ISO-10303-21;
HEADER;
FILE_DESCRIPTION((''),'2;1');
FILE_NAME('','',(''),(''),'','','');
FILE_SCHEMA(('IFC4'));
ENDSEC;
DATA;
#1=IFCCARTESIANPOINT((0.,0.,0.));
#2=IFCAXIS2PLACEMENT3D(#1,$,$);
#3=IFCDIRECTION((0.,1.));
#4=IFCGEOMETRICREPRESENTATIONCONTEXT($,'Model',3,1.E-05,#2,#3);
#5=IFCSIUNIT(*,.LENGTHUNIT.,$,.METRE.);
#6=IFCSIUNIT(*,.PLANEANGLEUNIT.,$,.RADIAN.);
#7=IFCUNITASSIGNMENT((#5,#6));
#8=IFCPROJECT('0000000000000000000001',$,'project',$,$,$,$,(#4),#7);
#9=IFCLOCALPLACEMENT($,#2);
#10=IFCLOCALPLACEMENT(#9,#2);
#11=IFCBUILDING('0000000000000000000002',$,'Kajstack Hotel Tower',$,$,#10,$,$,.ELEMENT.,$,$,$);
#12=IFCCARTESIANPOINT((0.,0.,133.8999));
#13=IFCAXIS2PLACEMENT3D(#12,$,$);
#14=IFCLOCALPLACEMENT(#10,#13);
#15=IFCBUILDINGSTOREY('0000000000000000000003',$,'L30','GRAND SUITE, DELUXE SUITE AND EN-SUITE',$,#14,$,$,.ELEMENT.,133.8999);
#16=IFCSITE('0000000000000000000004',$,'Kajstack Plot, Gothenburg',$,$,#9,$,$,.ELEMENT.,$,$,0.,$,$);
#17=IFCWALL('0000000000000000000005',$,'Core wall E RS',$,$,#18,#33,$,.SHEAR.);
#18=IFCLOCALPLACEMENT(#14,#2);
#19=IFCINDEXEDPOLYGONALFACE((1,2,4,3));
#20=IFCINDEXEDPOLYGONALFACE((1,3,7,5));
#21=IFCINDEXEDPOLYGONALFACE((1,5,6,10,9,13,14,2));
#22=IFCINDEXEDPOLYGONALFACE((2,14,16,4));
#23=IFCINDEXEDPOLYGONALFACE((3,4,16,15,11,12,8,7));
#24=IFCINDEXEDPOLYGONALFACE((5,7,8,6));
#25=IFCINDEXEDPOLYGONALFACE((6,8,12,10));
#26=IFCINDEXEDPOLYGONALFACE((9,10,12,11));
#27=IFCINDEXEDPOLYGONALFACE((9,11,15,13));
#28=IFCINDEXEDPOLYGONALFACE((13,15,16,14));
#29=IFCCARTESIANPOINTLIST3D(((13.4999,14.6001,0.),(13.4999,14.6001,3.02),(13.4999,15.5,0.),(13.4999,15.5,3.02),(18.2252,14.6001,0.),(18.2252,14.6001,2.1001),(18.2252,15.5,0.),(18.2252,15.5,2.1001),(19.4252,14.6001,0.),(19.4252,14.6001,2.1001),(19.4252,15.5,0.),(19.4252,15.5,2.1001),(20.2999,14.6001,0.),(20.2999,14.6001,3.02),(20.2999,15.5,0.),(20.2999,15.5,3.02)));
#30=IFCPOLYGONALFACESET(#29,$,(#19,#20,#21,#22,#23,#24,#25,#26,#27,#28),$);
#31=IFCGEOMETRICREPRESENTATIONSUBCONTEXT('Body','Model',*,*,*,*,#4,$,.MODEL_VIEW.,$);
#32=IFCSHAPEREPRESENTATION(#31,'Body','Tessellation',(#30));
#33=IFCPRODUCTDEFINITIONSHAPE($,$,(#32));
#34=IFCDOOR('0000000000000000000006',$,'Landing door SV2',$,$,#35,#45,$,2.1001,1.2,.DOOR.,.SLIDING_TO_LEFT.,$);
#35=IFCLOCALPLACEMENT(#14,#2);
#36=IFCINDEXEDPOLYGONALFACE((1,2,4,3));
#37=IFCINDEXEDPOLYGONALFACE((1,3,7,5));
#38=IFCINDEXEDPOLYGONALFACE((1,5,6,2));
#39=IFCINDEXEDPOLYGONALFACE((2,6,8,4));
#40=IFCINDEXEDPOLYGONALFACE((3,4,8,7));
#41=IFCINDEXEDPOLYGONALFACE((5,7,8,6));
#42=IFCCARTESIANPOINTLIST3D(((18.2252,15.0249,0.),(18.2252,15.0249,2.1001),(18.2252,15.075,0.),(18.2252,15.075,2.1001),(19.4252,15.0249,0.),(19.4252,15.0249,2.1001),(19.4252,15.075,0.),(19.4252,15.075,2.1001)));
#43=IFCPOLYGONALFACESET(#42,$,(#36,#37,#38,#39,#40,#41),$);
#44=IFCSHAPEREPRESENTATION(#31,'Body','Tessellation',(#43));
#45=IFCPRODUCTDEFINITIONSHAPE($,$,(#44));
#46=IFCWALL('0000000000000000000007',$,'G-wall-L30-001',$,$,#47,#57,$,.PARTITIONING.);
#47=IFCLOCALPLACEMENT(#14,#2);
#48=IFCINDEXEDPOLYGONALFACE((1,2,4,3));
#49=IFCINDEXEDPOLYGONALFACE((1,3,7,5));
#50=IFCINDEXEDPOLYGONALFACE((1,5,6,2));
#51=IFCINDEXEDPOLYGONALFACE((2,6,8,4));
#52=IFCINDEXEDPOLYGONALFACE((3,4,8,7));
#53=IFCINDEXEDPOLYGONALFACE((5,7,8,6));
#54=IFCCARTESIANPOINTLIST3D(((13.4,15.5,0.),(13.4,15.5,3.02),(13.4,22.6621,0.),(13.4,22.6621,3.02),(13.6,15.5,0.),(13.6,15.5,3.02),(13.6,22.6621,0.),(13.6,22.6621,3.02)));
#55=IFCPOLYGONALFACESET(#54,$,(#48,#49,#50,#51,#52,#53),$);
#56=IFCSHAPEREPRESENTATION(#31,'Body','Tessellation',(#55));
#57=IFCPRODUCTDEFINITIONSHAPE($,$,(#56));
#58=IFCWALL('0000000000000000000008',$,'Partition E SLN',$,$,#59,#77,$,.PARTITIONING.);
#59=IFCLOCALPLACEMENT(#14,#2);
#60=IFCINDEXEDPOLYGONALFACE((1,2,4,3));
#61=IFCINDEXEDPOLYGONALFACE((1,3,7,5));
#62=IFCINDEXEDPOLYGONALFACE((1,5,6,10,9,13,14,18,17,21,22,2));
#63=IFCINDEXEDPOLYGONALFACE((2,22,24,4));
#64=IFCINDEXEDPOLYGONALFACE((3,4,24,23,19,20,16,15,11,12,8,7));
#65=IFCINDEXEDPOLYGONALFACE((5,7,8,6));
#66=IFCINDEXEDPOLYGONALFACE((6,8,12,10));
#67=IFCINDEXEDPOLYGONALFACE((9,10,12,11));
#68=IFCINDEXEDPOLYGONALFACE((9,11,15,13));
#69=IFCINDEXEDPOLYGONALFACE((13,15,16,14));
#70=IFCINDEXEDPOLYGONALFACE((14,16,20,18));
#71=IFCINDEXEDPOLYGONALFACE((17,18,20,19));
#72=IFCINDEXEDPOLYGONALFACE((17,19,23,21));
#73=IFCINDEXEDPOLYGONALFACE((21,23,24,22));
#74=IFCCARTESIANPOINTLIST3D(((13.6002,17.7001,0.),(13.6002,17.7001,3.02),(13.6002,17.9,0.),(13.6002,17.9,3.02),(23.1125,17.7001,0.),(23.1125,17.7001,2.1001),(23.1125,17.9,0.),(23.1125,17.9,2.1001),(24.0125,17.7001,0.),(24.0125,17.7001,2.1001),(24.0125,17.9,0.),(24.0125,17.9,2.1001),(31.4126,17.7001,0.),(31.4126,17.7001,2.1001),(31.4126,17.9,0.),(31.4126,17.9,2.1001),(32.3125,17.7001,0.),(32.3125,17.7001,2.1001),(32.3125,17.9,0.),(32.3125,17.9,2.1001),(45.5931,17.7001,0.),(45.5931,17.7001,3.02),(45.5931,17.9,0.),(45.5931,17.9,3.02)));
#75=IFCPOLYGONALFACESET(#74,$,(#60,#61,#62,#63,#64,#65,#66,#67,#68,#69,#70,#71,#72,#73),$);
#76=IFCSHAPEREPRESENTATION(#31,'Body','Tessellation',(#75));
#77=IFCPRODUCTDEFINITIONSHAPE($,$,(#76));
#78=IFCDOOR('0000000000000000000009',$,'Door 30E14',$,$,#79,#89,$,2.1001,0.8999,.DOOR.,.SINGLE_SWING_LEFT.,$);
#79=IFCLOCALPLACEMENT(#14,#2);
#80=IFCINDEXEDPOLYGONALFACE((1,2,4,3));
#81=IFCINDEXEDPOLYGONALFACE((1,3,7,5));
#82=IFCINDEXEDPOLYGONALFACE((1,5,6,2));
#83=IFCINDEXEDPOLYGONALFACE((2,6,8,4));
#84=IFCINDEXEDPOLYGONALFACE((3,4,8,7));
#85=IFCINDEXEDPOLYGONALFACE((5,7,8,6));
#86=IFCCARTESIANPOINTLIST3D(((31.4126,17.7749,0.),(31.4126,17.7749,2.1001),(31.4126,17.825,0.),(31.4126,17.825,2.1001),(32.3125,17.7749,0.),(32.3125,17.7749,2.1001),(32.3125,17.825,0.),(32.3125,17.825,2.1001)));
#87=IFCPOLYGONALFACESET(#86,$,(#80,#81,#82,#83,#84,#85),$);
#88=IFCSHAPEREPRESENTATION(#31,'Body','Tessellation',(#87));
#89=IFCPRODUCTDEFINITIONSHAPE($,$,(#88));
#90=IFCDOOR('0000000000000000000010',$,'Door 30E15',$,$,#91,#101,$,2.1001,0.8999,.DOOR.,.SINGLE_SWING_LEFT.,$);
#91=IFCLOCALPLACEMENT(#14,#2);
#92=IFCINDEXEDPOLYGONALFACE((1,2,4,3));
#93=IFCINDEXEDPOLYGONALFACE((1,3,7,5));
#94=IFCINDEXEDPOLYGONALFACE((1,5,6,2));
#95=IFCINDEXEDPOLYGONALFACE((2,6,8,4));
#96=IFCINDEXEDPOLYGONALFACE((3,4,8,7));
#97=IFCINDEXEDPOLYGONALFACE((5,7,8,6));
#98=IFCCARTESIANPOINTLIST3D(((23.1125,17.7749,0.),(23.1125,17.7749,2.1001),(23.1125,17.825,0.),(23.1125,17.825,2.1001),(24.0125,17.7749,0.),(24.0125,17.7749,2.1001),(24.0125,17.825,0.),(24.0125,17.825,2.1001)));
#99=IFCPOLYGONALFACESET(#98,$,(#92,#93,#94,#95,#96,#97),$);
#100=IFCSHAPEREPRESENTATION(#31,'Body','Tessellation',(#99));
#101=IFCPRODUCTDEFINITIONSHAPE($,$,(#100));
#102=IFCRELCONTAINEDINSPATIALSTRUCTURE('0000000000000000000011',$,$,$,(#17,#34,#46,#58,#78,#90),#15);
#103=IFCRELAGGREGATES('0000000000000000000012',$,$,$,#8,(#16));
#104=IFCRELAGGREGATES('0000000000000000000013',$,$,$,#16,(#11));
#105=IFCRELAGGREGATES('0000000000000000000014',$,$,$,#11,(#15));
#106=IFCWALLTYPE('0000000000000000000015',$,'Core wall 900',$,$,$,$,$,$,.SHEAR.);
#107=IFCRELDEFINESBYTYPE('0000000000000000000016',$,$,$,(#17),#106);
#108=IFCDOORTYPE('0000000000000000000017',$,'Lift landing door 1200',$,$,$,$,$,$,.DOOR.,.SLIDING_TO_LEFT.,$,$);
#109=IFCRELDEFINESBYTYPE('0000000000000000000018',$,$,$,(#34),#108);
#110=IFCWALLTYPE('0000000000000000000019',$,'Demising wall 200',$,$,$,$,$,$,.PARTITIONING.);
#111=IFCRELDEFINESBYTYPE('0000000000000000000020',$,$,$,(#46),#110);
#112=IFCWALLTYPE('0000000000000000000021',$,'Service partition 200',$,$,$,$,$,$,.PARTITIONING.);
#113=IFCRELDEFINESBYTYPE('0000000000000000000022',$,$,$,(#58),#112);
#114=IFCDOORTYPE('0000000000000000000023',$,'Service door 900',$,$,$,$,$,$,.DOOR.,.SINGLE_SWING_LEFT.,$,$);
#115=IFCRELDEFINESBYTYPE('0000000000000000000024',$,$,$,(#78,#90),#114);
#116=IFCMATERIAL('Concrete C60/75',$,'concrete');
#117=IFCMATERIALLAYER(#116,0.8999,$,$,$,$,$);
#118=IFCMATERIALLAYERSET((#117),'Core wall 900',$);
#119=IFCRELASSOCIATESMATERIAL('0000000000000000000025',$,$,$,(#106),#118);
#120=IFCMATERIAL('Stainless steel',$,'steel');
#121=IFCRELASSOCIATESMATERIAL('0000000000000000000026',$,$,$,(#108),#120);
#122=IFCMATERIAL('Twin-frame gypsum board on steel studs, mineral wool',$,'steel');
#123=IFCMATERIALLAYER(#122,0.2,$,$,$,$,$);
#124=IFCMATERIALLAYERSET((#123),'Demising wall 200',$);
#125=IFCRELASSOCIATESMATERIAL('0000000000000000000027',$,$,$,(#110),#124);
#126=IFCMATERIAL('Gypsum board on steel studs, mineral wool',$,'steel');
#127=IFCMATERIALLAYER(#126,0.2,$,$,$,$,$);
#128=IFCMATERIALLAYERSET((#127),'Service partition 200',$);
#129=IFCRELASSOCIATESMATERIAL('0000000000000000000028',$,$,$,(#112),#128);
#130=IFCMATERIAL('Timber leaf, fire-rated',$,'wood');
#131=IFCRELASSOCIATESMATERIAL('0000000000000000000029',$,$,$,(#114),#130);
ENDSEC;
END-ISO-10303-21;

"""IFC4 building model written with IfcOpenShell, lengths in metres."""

from ifc_helpers import new_model, si_unit, direction, frame, frame_2d, origin, place, context, subcontext, project, spatial, rectangle, extrude, material, layer, layer_set, type_object, element, fill, save


model = new_model("IFC4")

# Units and contexts
model_context = context("Model", 3, precision=1e-05, world=origin(), true_north=direction((0.0, 1.0)))
body_context = subcontext(model_context, "Body", "Model", "MODEL_VIEW")
ifc_project = project(units=[si_unit("LENGTHUNIT", "METRE"), si_unit("PLANEANGLEUNIT", "RADIAN")], contexts=[model_context])

# Site, building, storey
site_placement = place(None, origin())
site = spatial("IfcSite", under=ifc_project, at=site_placement, Name="Kajstack Plot, Gothenburg", CompositionType="ELEMENT", RefElevation=0.0)
building_placement = place(site_placement, origin())
building = spatial("IfcBuilding", under=site, at=building_placement, Name="Kajstack Hotel Tower", CompositionType="ELEMENT")
storey_placement = place(building_placement, frame((0.0, 0.0, 133.8999)))
storey = spatial("IfcBuildingStorey", under=building, at=storey_placement, Name="L30", Description="GRAND SUITE, DELUXE SUITE AND EN-SUITE", CompositionType="ELEMENT", Elevation=133.8999)

# Wall, opening, door
ifc_material_1 = material(Name="Concrete C60/75", Category="concrete")
ifc_layer_1 = layer(ifc_material_1, 0.8999)
ifc_layer_set_1 = layer_set([ifc_layer_1], Name="Core wall 900")
wall_type_1 = type_object("IfcWallType", Name="Core wall 900", PredefinedType="SHEAR", material=ifc_layer_set_1)
wall_1_placement = place(storey_placement, frame((13.5, 15.05, 0.0), z_axis=(0.0, 0.0, 1.0), x_axis=(1.0, 0.0, 0.0)))
wall_1 = element("IfcWall", 1, at=wall_1_placement, inside=storey, type_object=wall_type_1, Name="Core wall E RS", PredefinedType="SHEAR", context=body_context, shape_type="SweptSolid", body=[
    extrude(rectangle(XDim=6.8, YDim=0.8999, at=frame_2d((3.3999, 0.0))), origin(), (0.0, 0.0, 1.0), 3.02),
])
opening_1_placement = place(wall_1_placement, frame((4.7251, 0.0, 0.0)))
opening_1 = element("IfcOpeningElement", 2, at=opening_1_placement, cuts=wall_1, PredefinedType="OPENING", context=body_context, shape_type="SweptSolid", body=[
    extrude(rectangle(XDim=1.2, YDim=2.1001, at=frame_2d((0.6001, 1.05))), frame((0.0, 0.46, 0.0), z_axis=(0.0, -1.0, 0.0), x_axis=(1.0, 0.0, 0.0)), (0.0, 0.0, 1.0), 0.9199),
])
ifc_material_2 = material(Name="Stainless steel", Category="steel")
door_type_1 = type_object("IfcDoorType", Name="Lift landing door 1200", OperationType="SLIDING_TO_LEFT", PredefinedType="DOOR", material=ifc_material_2)
door_1_placement = place(opening_1_placement, origin())
door_1 = element("IfcDoor", 3, at=door_1_placement, inside=storey, type_object=door_type_1, Name="Landing door SV2", OperationType="SLIDING_TO_LEFT", OverallHeight=2.1001, OverallWidth=1.2, PredefinedType="DOOR", context=body_context, shape_type="SweptSolid", body=[
    extrude(rectangle(XDim=1.2, YDim=2.1001, at=frame_2d((0.6001, 1.05))), frame((0.0, 0.0249, 0.0), z_axis=(0.0, -1.0, 0.0), x_axis=(1.0, 0.0, 0.0)), (0.0, 0.0, 1.0), 0.05),
])
fill(opening_1, door_1)

# Wall
ifc_material_3 = material(Name="Twin-frame gypsum board on steel studs, mineral wool", Category="steel")
ifc_layer_2 = layer(ifc_material_3, 0.2)
ifc_layer_set_2 = layer_set([ifc_layer_2], Name="Demising wall 200")
wall_type_2 = type_object("IfcWallType", Name="Demising wall 200", PredefinedType="PARTITIONING", material=ifc_layer_set_2)
wall_2_placement = place(storey_placement, frame((13.5, 15.5, 0.0), z_axis=(0.0, 0.0, 1.0), x_axis=(0.0, 1.0, 0.0)))
element("IfcWall", 4, at=wall_2_placement, inside=storey, type_object=wall_type_2, Name="G-wall-L30-001", PredefinedType="PARTITIONING", context=body_context, shape_type="SweptSolid", body=[
    extrude(rectangle(XDim=7.1621, YDim=0.2, at=frame_2d((3.5811, 0.0))), origin(), (0.0, 0.0, 1.0), 3.02),
])

# Wall, openings, doors
ifc_material_4 = material(Name="Gypsum board on steel studs, mineral wool", Category="steel")
ifc_layer_3 = layer(ifc_material_4, 0.2)
ifc_layer_set_3 = layer_set([ifc_layer_3], Name="Service partition 200")
wall_type_3 = type_object("IfcWallType", Name="Service partition 200", PredefinedType="PARTITIONING", material=ifc_layer_set_3)
wall_3_placement = place(storey_placement, frame((13.6001, 17.8, 0.0), z_axis=(0.0, 0.0, 1.0), x_axis=(1.0, 0.0, 0.0)))
wall_3 = element("IfcWall", 5, at=wall_3_placement, inside=storey, type_object=wall_type_3, Name="Partition E SLN", PredefinedType="PARTITIONING", context=body_context, shape_type="SweptSolid", body=[
    extrude(rectangle(XDim=31.9929, YDim=0.2, at=frame_2d((15.9966, 0.0))), origin(), (0.0, 0.0, 1.0), 3.02),
])
opening_2_placement = place(wall_3_placement, frame((17.8125, 0.0, 0.0)))
opening_2 = element("IfcOpeningElement", 6, at=opening_2_placement, cuts=wall_3, PredefinedType="OPENING", context=body_context, shape_type="SweptSolid", body=[
    extrude(rectangle(XDim=0.8999, YDim=2.1001, at=frame_2d((0.45, 1.05))), frame((0.0, 0.1099, 0.0), z_axis=(0.0, -1.0, 0.0), x_axis=(1.0, 0.0, 0.0)), (0.0, 0.0, 1.0), 0.22),
])
opening_3_placement = place(wall_3_placement, frame((9.5125, 0.0, 0.0)))
opening_3 = element("IfcOpeningElement", 7, at=opening_3_placement, cuts=wall_3, PredefinedType="OPENING", context=body_context, shape_type="SweptSolid", body=[
    extrude(rectangle(XDim=0.8999, YDim=2.1001, at=frame_2d((0.45, 1.05))), frame((0.0, 0.1099, 0.0), z_axis=(0.0, -1.0, 0.0), x_axis=(1.0, 0.0, 0.0)), (0.0, 0.0, 1.0), 0.22),
])
ifc_material_5 = material(Name="Timber leaf, fire-rated", Category="wood")
door_type_2 = type_object("IfcDoorType", Name="Service door 900", OperationType="SINGLE_SWING_LEFT", PredefinedType="DOOR", material=ifc_material_5)
door_2_placement = place(opening_2_placement, origin())
door_2 = element("IfcDoor", 8, at=door_2_placement, inside=storey, type_object=door_type_2, Name="Door 30E14", OperationType="SINGLE_SWING_LEFT", OverallHeight=2.1001, OverallWidth=0.8999, PredefinedType="DOOR", context=body_context, shape_type="SweptSolid", body=[
    extrude(rectangle(XDim=0.8999, YDim=2.1001, at=frame_2d((0.45, 1.05))), frame((0.0, 0.0249, 0.0), z_axis=(0.0, -1.0, 0.0), x_axis=(1.0, 0.0, 0.0)), (0.0, 0.0, 1.0), 0.05),
])
fill(opening_2, door_2)
door_3_placement = place(opening_3_placement, origin())
door_3 = element("IfcDoor", 9, at=door_3_placement, inside=storey, type_object=door_type_2, Name="Door 30E15", OperationType="SINGLE_SWING_LEFT", OverallHeight=2.1001, OverallWidth=0.8999, PredefinedType="DOOR", context=body_context, shape_type="SweptSolid", body=[
    extrude(rectangle(XDim=0.8999, YDim=2.1001, at=frame_2d((0.45, 1.05))), frame((0.0, 0.0249, 0.0), z_axis=(0.0, -1.0, 0.0), x_axis=(1.0, 0.0, 0.0)), (0.0, 0.0, 1.0), 0.05),
])
fill(opening_3, door_3)

save(model, "model.ifc")
